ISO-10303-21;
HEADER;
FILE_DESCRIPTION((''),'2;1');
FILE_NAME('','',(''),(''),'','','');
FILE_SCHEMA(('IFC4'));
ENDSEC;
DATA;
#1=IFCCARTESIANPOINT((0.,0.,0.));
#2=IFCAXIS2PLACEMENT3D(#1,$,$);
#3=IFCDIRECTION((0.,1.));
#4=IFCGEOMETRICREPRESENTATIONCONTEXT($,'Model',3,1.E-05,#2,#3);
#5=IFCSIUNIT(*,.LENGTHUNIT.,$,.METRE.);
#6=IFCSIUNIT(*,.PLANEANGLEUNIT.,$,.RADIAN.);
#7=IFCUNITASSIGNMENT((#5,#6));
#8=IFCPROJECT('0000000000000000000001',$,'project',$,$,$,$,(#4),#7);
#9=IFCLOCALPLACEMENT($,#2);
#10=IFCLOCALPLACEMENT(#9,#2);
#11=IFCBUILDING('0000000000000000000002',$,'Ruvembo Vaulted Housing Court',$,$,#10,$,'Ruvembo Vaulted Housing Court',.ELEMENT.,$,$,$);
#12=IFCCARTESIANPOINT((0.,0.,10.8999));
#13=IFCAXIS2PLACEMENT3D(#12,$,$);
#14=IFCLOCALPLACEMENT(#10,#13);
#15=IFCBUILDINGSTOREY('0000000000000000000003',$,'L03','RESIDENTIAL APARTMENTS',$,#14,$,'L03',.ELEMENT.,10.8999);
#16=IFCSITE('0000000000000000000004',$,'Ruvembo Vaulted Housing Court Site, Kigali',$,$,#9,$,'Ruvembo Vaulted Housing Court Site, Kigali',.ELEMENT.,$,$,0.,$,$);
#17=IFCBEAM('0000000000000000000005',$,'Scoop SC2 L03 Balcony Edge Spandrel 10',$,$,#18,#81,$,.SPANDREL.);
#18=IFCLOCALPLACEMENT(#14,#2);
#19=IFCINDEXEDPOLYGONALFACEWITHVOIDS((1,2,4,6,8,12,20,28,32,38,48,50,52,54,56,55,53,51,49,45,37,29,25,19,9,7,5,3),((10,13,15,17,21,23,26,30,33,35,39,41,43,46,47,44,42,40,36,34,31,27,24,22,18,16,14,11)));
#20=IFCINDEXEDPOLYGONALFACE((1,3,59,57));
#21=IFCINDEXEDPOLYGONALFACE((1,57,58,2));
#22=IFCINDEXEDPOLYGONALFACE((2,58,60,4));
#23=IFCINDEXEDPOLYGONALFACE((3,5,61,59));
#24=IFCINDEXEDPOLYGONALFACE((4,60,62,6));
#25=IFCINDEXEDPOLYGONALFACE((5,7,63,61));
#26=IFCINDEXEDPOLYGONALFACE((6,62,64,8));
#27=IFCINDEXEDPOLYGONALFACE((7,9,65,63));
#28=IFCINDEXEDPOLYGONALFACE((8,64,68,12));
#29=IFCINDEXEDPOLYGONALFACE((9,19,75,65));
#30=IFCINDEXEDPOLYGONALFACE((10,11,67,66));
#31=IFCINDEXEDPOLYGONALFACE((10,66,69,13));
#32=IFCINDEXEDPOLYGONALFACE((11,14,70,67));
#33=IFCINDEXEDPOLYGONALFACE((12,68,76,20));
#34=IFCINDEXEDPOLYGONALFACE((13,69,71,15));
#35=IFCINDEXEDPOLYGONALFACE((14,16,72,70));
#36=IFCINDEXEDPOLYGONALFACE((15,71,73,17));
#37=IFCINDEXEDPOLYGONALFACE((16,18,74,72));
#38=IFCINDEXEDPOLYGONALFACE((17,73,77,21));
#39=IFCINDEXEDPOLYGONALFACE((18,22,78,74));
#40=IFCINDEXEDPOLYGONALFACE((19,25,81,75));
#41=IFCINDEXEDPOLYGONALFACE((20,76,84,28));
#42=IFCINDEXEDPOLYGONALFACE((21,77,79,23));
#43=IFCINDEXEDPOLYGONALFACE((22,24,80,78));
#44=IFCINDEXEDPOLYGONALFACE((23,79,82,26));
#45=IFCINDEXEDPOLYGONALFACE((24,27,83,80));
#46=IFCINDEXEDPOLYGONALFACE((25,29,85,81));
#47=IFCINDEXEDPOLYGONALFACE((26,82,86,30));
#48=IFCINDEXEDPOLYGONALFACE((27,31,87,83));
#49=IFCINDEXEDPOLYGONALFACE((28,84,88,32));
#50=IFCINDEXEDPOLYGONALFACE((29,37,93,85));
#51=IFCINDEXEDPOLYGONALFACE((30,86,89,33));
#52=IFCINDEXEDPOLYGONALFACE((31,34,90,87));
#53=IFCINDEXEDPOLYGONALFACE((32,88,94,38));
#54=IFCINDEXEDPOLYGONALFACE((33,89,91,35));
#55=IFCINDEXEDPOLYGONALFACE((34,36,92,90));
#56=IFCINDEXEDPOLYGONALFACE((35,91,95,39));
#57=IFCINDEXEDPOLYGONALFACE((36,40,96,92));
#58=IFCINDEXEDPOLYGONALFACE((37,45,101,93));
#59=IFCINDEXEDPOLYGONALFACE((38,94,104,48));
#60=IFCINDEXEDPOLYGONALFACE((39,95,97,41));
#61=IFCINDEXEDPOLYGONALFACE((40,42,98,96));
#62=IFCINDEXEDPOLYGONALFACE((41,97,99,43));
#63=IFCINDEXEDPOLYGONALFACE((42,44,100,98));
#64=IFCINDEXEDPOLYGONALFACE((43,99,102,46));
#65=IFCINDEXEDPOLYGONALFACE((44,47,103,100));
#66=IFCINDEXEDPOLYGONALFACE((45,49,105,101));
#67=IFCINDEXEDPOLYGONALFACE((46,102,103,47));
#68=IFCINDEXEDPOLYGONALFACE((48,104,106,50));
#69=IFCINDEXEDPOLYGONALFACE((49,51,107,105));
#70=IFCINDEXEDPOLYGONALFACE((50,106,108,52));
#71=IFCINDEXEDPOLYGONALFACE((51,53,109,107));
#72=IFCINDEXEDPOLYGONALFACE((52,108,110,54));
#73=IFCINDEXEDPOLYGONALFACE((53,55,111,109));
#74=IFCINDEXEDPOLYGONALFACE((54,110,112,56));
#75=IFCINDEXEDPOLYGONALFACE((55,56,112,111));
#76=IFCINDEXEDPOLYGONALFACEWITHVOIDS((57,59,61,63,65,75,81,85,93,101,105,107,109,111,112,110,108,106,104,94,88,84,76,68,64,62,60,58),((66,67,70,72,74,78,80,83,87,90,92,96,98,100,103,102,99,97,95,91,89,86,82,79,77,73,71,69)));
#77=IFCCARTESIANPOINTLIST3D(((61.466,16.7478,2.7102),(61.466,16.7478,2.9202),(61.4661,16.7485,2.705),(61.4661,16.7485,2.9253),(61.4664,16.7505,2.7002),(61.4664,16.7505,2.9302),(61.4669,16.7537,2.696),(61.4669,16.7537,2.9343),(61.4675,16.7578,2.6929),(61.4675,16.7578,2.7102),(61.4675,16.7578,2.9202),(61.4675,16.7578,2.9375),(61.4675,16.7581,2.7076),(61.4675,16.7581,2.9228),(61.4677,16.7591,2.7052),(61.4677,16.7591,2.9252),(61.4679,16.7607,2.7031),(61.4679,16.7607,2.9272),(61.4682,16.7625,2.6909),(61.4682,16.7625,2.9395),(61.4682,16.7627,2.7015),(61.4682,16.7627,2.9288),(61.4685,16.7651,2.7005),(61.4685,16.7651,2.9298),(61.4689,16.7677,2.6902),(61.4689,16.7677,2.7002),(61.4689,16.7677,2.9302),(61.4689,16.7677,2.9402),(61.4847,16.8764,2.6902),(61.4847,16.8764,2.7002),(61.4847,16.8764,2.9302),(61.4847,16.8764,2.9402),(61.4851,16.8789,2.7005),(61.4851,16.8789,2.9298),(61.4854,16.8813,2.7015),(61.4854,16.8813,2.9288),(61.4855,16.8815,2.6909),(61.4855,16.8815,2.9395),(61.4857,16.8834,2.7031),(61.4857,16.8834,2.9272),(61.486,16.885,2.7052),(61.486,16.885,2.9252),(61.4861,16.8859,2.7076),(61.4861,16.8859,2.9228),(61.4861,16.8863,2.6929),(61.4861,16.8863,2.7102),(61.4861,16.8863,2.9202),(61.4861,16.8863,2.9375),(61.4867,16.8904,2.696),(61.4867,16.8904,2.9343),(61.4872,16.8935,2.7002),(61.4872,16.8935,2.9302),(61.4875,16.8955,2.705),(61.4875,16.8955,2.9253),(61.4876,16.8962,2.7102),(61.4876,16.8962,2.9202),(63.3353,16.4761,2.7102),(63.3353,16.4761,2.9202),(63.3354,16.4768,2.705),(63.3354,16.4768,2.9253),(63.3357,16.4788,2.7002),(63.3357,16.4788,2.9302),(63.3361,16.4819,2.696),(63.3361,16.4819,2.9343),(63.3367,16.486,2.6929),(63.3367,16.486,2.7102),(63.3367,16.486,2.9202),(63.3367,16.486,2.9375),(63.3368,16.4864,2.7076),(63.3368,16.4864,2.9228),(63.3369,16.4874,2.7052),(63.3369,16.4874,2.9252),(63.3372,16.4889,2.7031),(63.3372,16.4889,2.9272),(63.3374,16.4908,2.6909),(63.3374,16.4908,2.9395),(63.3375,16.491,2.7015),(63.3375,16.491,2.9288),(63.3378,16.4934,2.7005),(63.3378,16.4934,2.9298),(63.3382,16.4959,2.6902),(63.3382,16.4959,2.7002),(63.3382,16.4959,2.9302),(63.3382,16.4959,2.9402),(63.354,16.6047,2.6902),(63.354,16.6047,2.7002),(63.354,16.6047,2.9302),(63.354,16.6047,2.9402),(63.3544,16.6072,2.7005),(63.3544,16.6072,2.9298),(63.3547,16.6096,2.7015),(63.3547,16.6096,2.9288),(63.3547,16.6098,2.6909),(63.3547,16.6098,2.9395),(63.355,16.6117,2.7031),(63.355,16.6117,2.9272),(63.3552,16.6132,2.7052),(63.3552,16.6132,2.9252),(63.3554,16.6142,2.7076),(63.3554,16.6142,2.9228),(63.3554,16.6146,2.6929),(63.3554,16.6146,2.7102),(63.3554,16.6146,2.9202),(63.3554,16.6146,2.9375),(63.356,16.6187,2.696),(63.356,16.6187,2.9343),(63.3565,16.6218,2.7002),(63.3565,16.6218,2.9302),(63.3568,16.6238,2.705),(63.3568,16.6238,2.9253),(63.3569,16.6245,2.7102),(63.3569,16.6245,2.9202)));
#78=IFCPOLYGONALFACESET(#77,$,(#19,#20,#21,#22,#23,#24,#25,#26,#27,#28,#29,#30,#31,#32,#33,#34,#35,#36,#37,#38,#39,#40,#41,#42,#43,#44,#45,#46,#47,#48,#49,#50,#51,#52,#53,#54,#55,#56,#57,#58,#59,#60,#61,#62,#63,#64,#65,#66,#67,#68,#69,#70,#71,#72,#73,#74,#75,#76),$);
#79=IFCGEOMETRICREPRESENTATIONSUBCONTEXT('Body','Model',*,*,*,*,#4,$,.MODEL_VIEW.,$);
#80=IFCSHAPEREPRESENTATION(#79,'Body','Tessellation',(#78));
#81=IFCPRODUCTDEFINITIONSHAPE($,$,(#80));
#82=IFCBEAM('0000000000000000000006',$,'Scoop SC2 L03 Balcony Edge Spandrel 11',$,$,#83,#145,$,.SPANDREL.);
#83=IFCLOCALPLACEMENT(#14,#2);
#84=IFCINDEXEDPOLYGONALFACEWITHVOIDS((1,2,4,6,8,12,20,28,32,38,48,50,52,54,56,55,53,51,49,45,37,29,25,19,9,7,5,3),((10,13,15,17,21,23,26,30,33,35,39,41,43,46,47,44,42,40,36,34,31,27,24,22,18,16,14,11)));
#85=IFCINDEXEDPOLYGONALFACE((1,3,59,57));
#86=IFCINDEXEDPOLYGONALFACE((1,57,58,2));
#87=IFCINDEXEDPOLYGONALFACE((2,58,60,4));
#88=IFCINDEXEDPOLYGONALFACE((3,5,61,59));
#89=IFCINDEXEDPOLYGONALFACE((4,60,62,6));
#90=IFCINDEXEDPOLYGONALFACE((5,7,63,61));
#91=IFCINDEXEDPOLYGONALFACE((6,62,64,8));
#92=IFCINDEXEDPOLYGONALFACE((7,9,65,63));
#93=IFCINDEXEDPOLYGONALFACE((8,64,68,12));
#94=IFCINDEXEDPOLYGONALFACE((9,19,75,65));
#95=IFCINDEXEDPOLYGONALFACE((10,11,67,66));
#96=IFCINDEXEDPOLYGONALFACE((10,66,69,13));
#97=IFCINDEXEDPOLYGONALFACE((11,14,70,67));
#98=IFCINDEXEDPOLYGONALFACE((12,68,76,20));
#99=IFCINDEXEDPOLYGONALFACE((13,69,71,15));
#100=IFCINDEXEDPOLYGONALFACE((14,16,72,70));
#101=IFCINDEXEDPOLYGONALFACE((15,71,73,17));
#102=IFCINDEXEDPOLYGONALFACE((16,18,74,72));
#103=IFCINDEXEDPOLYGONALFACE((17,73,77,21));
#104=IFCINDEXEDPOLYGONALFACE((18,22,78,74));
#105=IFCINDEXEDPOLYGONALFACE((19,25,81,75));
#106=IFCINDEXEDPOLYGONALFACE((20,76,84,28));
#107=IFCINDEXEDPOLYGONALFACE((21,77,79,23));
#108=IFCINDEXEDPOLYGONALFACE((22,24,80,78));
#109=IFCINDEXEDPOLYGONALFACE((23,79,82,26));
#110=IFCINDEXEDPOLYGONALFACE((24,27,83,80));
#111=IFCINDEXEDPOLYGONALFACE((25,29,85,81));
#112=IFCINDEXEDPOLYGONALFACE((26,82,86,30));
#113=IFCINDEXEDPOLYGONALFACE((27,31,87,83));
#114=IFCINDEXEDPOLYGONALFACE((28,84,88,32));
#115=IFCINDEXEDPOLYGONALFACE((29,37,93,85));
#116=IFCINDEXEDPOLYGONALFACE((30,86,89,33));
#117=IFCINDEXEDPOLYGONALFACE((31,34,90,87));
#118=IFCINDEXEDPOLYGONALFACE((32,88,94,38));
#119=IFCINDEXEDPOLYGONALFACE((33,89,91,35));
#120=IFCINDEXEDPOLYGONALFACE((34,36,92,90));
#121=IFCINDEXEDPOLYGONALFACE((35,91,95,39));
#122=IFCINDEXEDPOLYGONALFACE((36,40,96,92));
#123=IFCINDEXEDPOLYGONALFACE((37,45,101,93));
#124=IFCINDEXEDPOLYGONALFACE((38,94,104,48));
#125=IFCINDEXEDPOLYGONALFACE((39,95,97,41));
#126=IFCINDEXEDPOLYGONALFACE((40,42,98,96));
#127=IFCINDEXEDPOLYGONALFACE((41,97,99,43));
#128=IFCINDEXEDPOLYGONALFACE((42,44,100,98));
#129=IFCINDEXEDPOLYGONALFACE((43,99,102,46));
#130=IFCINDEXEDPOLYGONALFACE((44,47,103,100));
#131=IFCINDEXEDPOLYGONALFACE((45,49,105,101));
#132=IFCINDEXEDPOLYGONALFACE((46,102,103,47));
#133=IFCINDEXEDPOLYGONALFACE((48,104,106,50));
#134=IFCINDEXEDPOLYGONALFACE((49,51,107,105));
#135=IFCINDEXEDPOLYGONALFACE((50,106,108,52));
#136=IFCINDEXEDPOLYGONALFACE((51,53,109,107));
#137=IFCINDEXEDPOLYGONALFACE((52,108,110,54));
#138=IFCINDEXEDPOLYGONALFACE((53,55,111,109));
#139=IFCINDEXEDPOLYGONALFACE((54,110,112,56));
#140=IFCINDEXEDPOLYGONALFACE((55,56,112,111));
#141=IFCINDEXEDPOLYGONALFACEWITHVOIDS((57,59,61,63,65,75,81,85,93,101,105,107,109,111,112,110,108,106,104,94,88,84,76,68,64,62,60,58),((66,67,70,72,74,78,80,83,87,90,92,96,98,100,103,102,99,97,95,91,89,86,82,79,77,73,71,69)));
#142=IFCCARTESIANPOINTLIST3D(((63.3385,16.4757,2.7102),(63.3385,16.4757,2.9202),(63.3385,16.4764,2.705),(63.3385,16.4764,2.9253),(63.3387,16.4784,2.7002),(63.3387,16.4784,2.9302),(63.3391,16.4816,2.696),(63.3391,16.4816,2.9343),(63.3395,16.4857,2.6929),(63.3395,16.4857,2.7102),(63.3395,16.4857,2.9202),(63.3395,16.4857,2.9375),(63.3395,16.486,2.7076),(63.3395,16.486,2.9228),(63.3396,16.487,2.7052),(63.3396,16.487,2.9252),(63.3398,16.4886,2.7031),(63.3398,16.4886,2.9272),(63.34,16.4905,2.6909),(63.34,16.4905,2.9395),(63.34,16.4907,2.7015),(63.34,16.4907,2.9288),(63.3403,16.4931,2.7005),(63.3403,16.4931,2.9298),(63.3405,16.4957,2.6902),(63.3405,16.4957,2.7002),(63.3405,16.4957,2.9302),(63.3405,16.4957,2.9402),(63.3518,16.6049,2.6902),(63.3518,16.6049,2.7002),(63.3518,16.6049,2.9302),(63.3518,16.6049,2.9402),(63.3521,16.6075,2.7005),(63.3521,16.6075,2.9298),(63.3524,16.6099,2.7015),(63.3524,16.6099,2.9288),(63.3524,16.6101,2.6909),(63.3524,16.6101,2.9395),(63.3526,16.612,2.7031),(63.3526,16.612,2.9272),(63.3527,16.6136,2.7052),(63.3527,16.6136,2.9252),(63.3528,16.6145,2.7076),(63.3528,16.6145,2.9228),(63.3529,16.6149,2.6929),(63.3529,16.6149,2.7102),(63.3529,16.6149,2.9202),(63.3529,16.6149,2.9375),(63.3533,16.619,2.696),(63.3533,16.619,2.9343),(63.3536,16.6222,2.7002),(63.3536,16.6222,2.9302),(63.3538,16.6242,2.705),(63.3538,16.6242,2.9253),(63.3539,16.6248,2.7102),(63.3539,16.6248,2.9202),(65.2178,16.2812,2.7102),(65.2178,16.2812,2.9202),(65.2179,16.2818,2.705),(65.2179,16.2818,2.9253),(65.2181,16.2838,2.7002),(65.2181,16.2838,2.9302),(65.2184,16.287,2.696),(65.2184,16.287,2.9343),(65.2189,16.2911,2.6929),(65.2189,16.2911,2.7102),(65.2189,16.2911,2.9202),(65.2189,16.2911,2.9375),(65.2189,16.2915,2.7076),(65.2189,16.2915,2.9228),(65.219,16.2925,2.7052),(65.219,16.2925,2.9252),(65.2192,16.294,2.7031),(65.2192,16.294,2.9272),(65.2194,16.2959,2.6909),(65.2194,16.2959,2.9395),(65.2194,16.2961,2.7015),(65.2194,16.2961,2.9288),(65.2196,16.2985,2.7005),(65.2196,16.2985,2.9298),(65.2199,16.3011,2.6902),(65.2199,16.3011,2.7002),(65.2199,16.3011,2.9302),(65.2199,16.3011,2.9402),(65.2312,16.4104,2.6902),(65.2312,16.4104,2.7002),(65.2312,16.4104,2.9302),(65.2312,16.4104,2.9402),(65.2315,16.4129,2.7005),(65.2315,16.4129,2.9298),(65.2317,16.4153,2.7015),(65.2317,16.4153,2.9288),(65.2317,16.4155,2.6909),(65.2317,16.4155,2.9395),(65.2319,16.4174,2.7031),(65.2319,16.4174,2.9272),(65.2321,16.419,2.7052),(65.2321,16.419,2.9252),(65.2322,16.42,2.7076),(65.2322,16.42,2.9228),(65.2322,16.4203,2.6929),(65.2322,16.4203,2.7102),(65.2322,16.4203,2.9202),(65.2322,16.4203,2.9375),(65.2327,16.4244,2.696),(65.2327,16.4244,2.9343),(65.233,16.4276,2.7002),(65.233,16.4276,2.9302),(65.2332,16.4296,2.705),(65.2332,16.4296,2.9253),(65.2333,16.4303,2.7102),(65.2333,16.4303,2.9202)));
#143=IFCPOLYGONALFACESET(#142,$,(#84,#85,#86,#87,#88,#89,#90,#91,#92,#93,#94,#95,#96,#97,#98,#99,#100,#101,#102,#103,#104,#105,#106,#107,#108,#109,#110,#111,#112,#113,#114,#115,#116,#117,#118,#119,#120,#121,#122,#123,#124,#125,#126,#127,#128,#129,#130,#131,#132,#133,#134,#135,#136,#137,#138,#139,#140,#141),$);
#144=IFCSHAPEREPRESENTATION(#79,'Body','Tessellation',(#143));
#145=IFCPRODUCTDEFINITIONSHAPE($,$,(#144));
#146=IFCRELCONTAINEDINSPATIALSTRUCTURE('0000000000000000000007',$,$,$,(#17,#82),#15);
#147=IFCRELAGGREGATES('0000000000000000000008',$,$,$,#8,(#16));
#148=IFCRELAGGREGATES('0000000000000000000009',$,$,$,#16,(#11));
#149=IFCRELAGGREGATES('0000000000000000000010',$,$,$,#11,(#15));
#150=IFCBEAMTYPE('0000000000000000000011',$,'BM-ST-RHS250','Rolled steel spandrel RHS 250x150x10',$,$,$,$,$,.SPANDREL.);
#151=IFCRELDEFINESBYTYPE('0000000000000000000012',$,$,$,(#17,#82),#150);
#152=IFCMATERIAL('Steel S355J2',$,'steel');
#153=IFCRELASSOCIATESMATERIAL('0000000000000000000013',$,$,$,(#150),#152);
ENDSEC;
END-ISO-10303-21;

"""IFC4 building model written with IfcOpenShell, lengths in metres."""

from ifc_helpers import new_model, si_unit, direction, frame, origin, origin_2d, place, context, subcontext, project, spatial, hollow_rectangle, extrude, material, material_profile, profile_set, type_object, element, save


model = new_model("IFC4")

# Units and contexts
model_context = context("Model", 3, precision=1e-05, world=origin(), true_north=direction((0.0, 1.0)))
body_context = subcontext(model_context, "Body", "Model", "MODEL_VIEW")
ifc_project = project(units=[si_unit("LENGTHUNIT", "METRE"), si_unit("PLANEANGLEUNIT", "RADIAN")], contexts=[model_context])

# Site, building, storey
site_placement = place(None, origin())
site = spatial("IfcSite", under=ifc_project, at=site_placement, Name="Ruvembo Vaulted Housing Court Site, Kigali", LongName="Ruvembo Vaulted Housing Court Site, Kigali", CompositionType="ELEMENT", RefElevation=0.0)
building_placement = place(site_placement, origin())
building = spatial("IfcBuilding", under=site, at=building_placement, Name="Ruvembo Vaulted Housing Court", LongName="Ruvembo Vaulted Housing Court", CompositionType="ELEMENT")
storey_placement = place(building_placement, frame((0.0, 0.0, 10.8999)))
storey = spatial("IfcBuildingStorey", under=building, at=storey_placement, Name="L03", Description="RESIDENTIAL APARTMENTS", LongName="L03", CompositionType="ELEMENT", Elevation=10.8999)

# Beams
ifc_material_1 = material(Name="Steel S355J2", Category="steel")
ifc_material_profile_1 = material_profile(ifc_material_1, hollow_rectangle(XDim=0.1499, YDim=0.25, WallThickness=0.01, InnerFilletRadius=0.01, OuterFilletRadius=0.02, at=origin_2d()), Name="RHS 250x150x10")
ifc_profile_set_1 = profile_set([ifc_material_profile_1], Name="Steel S355J2")
beam_type = type_object("IfcBeamType", Name="BM-ST-RHS250", Description="Rolled steel spandrel RHS 250x150x10", PredefinedType="SPANDREL", material=ifc_profile_set_1)
beam_1_placement = place(storey_placement, frame((61.4768, 16.822, 2.8152), z_axis=(0.9896, -0.143845, 0.0), x_axis=(0.143845, 0.9896, 0.0)))
element("IfcBeam", 1, at=beam_1_placement, inside=storey, type_object=beam_type, Name="Scoop SC2 L03 Balcony Edge Spandrel 10", PredefinedType="SPANDREL", context=body_context, shape_type="SweptSolid", body=[
    extrude(hollow_rectangle(XDim=0.1499, YDim=0.25, WallThickness=0.01, InnerFilletRadius=0.01, OuterFilletRadius=0.02, at=origin_2d()), origin(), (0.0, 0.0, 1.0), 1.8889),
])
beam_2_placement = place(storey_placement, frame((63.3462, 16.5503, 2.8152), z_axis=(0.994683, -0.102983, 0.0), x_axis=(0.102983, 0.994683, 0.0)))
element("IfcBeam", 2, at=beam_2_placement, inside=storey, type_object=beam_type, Name="Scoop SC2 L03 Balcony Edge Spandrel 11", PredefinedType="SPANDREL", context=body_context, shape_type="SweptSolid", body=[
    extrude(hollow_rectangle(XDim=0.1499, YDim=0.25, WallThickness=0.01, InnerFilletRadius=0.01, OuterFilletRadius=0.02, at=origin_2d()), origin(), (0.0, 0.0, 1.0), 1.8894),
])

save(model, "model.ifc")
